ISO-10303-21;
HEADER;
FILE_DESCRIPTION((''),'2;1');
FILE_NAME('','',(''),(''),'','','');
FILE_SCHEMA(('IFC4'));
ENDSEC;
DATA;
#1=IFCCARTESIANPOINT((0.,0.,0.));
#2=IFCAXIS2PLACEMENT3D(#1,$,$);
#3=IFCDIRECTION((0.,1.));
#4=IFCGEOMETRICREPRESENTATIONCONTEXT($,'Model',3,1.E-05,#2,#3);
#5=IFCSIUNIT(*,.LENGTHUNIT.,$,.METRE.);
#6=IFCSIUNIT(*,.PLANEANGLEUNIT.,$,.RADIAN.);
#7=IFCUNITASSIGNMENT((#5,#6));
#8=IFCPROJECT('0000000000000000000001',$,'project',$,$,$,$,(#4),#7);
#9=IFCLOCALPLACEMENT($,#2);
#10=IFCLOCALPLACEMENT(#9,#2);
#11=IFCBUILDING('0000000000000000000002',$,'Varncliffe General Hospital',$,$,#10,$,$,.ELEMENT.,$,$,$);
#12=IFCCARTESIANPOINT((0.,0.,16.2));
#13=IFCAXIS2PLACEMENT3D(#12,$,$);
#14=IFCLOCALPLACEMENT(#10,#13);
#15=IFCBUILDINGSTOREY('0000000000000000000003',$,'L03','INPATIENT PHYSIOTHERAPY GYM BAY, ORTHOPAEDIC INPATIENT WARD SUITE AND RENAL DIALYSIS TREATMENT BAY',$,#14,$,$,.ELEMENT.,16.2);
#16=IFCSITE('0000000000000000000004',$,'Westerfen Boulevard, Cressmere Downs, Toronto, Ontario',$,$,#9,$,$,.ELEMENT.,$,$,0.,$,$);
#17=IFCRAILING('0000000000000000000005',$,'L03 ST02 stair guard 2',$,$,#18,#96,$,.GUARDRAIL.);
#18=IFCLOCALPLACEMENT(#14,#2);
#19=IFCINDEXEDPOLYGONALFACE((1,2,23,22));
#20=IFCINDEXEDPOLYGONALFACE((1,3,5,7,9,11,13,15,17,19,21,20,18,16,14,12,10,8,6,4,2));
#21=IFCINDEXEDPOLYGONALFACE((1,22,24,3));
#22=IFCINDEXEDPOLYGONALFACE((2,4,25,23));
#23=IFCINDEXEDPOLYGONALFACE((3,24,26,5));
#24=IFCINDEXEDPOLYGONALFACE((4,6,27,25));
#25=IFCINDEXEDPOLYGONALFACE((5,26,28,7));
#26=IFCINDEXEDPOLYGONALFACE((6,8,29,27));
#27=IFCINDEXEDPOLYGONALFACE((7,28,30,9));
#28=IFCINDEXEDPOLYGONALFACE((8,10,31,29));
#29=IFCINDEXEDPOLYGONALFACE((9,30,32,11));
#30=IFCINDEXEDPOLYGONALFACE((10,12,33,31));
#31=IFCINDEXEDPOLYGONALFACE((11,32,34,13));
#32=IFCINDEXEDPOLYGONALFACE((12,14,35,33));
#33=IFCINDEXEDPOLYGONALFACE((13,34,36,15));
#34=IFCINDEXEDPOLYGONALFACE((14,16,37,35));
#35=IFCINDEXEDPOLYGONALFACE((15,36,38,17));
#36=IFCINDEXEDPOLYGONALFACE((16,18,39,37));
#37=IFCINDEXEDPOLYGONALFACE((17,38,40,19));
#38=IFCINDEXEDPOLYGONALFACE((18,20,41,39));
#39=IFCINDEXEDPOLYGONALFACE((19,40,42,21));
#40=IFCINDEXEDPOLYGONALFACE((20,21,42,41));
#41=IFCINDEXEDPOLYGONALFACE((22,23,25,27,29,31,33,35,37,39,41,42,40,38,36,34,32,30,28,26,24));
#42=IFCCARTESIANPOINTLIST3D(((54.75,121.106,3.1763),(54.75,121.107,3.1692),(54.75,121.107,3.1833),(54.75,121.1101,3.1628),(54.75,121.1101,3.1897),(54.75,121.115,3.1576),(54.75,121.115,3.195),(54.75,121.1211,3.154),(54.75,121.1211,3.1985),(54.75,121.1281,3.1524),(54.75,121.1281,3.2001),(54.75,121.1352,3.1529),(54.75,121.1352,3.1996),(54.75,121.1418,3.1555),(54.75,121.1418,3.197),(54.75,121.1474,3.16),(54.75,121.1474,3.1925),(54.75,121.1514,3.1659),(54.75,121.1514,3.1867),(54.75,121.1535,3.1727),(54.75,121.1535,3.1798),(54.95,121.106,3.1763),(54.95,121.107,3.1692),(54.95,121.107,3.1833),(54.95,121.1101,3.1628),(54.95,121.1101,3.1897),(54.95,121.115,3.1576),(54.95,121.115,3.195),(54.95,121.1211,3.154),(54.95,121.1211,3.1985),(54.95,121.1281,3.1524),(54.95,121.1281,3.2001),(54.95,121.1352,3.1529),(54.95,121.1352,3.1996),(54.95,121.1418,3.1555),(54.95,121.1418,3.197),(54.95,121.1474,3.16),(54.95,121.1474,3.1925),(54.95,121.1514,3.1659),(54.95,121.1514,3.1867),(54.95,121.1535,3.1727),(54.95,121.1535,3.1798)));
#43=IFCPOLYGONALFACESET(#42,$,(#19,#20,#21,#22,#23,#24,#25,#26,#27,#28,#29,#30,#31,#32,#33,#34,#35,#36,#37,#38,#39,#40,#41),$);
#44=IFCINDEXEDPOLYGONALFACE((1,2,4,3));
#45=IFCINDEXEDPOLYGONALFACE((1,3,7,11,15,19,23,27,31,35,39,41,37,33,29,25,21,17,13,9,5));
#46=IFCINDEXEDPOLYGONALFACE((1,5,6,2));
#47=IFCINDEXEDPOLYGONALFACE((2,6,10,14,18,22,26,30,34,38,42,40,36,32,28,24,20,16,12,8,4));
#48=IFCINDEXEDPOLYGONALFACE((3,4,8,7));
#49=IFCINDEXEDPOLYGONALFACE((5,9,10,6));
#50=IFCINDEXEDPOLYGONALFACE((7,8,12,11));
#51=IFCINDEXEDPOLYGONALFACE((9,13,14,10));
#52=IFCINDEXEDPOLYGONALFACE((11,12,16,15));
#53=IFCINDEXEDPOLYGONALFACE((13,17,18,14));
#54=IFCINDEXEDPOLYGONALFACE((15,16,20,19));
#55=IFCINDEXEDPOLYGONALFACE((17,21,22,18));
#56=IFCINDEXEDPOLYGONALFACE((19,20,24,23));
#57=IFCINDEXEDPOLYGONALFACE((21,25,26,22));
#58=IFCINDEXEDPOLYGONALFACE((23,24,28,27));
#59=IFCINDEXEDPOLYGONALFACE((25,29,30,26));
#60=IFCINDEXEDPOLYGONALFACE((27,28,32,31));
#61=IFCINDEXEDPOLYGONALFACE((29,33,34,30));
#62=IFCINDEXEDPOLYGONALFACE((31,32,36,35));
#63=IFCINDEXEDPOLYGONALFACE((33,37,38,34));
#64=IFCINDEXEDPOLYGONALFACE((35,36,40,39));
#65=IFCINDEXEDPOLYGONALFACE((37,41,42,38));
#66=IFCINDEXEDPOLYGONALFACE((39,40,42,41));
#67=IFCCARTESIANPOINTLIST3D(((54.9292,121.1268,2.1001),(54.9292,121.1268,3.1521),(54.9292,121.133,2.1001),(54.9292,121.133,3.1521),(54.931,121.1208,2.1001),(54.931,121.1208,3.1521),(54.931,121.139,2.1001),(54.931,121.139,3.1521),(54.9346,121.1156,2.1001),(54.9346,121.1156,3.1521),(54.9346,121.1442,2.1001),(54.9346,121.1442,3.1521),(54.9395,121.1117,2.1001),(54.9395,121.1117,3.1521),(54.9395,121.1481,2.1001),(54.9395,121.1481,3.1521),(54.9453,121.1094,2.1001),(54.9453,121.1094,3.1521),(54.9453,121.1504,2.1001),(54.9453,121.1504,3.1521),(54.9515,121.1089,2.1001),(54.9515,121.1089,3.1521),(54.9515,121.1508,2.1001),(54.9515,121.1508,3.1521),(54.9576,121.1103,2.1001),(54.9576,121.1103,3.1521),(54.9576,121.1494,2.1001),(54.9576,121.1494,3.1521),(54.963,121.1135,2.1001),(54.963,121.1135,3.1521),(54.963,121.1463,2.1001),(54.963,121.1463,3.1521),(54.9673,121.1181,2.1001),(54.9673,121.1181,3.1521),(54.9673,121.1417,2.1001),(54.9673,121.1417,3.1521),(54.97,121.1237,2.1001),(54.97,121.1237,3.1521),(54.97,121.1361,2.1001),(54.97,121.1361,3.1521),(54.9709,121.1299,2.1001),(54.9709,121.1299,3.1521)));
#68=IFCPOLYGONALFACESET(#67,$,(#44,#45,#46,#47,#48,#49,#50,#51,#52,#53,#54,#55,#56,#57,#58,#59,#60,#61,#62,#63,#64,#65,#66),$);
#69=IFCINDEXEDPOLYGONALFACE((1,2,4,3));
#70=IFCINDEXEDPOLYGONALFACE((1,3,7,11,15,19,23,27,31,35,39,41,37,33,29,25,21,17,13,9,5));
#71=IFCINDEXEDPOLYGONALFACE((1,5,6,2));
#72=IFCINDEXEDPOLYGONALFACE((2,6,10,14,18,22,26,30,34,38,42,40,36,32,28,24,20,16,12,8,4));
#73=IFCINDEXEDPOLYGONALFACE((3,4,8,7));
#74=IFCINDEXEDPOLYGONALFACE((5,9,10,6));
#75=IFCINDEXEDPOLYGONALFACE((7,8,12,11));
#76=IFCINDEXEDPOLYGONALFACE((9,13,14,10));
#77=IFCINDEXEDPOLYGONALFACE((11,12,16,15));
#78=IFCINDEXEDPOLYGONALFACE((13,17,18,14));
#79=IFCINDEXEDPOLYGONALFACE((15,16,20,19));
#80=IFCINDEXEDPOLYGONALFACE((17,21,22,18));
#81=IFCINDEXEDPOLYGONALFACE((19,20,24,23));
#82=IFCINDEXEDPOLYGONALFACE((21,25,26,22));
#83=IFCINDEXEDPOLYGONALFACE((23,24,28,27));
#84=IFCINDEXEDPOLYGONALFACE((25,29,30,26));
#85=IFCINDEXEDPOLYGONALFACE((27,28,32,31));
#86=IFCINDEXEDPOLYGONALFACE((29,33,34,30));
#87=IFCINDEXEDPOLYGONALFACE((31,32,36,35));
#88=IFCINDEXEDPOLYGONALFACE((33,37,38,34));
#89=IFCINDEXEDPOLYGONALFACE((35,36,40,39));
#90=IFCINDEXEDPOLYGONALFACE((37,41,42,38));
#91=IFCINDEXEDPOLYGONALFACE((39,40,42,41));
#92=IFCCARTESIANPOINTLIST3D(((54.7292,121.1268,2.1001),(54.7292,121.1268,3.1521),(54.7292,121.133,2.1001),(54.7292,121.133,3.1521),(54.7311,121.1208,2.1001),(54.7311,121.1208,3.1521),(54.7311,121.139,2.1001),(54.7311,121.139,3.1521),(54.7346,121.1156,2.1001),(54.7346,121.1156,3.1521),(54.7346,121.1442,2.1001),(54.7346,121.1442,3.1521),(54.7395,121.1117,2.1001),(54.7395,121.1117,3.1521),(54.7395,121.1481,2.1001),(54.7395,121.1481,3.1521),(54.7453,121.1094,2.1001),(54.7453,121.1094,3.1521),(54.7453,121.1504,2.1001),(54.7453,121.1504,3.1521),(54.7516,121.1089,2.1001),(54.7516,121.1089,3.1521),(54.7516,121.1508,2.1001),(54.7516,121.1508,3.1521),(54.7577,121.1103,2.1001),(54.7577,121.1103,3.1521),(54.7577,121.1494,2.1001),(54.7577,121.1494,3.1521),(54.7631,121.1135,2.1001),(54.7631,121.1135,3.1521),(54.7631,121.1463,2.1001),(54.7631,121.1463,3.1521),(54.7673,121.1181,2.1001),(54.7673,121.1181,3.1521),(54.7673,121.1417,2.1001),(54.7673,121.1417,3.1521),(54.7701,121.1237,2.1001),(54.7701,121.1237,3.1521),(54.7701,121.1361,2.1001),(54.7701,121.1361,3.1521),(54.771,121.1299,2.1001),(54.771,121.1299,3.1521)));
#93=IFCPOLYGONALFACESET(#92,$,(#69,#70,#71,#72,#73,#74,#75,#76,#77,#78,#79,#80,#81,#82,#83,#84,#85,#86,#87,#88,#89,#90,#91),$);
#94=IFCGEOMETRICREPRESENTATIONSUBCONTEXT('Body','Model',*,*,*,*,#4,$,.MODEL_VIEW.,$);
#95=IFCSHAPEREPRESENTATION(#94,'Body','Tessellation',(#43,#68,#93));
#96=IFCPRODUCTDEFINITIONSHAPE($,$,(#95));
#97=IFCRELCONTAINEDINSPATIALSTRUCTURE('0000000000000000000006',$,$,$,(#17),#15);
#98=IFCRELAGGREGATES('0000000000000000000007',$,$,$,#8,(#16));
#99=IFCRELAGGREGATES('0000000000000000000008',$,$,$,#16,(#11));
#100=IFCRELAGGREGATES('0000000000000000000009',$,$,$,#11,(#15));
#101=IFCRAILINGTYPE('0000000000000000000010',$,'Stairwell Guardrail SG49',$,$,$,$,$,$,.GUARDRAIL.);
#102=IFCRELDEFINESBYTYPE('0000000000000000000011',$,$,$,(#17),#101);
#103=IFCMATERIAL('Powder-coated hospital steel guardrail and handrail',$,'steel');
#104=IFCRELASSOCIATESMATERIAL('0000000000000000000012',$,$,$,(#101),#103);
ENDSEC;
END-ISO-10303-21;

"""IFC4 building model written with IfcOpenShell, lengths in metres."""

from ifc_helpers import new_model, si_unit, direction, frame, origin, origin_2d, place, context, subcontext, project, spatial, circle, extrude, material, type_object, element, save


model = new_model("IFC4")

# Units and contexts
model_context = context("Model", 3, precision=1e-05, world=origin(), true_north=direction((0.0, 1.0)))
body_context = subcontext(model_context, "Body", "Model", "MODEL_VIEW")
ifc_project = project(units=[si_unit("LENGTHUNIT", "METRE"), si_unit("PLANEANGLEUNIT", "RADIAN")], contexts=[model_context])

# Site, building, storey
site_placement = place(None, origin())
site = spatial("IfcSite", under=ifc_project, at=site_placement, Name="Westerfen Boulevard, Cressmere Downs, Toronto, Ontario", CompositionType="ELEMENT", RefElevation=0.0)
building_placement = place(site_placement, origin())
building = spatial("IfcBuilding", under=site, at=building_placement, Name="Varncliffe General Hospital", CompositionType="ELEMENT")
storey_placement = place(building_placement, frame((0.0, 0.0, 16.2)))
storey = spatial("IfcBuildingStorey", under=building, at=storey_placement, Name="L03", Description="INPATIENT PHYSIOTHERAPY GYM BAY, ORTHOPAEDIC INPATIENT WARD SUITE AND RENAL DIALYSIS TREATMENT BAY", CompositionType="ELEMENT", Elevation=16.2)

# Railing
ifc_material_1 = material(Name="Powder-coated hospital steel guardrail and handrail", Category="steel")
railing_type_1 = type_object("IfcRailingType", Name="Stairwell Guardrail SG49", PredefinedType="GUARDRAIL", material=ifc_material_1)
railing_1_placement = place(storey_placement, frame((54.95, 121.1299, 2.1001)))
element("IfcRailing", 1, at=railing_1_placement, inside=storey, type_object=railing_type_1, Name="L03 ST02 stair guard 2", PredefinedType="GUARDRAIL", context=body_context, shape_type="SweptSolid", body=[
    extrude(circle(Radius=0.0239, at=origin_2d()), frame((0.0, 0.0, 1.0762), z_axis=(-1.0, 0.0, 0.0), x_axis=(0.0, -1.0, 0.0)), (0.0, 0.0, 1.0), 0.2),
    extrude(circle(Radius=0.021, at=origin_2d()), origin(), (0.0, 0.0, 1.0), 1.052),
    extrude(circle(Radius=0.021, at=origin_2d()), frame((-0.2, 0.0, 0.0)), (0.0, 0.0, 1.0), 1.052),
])

save(model, "model.ifc")
